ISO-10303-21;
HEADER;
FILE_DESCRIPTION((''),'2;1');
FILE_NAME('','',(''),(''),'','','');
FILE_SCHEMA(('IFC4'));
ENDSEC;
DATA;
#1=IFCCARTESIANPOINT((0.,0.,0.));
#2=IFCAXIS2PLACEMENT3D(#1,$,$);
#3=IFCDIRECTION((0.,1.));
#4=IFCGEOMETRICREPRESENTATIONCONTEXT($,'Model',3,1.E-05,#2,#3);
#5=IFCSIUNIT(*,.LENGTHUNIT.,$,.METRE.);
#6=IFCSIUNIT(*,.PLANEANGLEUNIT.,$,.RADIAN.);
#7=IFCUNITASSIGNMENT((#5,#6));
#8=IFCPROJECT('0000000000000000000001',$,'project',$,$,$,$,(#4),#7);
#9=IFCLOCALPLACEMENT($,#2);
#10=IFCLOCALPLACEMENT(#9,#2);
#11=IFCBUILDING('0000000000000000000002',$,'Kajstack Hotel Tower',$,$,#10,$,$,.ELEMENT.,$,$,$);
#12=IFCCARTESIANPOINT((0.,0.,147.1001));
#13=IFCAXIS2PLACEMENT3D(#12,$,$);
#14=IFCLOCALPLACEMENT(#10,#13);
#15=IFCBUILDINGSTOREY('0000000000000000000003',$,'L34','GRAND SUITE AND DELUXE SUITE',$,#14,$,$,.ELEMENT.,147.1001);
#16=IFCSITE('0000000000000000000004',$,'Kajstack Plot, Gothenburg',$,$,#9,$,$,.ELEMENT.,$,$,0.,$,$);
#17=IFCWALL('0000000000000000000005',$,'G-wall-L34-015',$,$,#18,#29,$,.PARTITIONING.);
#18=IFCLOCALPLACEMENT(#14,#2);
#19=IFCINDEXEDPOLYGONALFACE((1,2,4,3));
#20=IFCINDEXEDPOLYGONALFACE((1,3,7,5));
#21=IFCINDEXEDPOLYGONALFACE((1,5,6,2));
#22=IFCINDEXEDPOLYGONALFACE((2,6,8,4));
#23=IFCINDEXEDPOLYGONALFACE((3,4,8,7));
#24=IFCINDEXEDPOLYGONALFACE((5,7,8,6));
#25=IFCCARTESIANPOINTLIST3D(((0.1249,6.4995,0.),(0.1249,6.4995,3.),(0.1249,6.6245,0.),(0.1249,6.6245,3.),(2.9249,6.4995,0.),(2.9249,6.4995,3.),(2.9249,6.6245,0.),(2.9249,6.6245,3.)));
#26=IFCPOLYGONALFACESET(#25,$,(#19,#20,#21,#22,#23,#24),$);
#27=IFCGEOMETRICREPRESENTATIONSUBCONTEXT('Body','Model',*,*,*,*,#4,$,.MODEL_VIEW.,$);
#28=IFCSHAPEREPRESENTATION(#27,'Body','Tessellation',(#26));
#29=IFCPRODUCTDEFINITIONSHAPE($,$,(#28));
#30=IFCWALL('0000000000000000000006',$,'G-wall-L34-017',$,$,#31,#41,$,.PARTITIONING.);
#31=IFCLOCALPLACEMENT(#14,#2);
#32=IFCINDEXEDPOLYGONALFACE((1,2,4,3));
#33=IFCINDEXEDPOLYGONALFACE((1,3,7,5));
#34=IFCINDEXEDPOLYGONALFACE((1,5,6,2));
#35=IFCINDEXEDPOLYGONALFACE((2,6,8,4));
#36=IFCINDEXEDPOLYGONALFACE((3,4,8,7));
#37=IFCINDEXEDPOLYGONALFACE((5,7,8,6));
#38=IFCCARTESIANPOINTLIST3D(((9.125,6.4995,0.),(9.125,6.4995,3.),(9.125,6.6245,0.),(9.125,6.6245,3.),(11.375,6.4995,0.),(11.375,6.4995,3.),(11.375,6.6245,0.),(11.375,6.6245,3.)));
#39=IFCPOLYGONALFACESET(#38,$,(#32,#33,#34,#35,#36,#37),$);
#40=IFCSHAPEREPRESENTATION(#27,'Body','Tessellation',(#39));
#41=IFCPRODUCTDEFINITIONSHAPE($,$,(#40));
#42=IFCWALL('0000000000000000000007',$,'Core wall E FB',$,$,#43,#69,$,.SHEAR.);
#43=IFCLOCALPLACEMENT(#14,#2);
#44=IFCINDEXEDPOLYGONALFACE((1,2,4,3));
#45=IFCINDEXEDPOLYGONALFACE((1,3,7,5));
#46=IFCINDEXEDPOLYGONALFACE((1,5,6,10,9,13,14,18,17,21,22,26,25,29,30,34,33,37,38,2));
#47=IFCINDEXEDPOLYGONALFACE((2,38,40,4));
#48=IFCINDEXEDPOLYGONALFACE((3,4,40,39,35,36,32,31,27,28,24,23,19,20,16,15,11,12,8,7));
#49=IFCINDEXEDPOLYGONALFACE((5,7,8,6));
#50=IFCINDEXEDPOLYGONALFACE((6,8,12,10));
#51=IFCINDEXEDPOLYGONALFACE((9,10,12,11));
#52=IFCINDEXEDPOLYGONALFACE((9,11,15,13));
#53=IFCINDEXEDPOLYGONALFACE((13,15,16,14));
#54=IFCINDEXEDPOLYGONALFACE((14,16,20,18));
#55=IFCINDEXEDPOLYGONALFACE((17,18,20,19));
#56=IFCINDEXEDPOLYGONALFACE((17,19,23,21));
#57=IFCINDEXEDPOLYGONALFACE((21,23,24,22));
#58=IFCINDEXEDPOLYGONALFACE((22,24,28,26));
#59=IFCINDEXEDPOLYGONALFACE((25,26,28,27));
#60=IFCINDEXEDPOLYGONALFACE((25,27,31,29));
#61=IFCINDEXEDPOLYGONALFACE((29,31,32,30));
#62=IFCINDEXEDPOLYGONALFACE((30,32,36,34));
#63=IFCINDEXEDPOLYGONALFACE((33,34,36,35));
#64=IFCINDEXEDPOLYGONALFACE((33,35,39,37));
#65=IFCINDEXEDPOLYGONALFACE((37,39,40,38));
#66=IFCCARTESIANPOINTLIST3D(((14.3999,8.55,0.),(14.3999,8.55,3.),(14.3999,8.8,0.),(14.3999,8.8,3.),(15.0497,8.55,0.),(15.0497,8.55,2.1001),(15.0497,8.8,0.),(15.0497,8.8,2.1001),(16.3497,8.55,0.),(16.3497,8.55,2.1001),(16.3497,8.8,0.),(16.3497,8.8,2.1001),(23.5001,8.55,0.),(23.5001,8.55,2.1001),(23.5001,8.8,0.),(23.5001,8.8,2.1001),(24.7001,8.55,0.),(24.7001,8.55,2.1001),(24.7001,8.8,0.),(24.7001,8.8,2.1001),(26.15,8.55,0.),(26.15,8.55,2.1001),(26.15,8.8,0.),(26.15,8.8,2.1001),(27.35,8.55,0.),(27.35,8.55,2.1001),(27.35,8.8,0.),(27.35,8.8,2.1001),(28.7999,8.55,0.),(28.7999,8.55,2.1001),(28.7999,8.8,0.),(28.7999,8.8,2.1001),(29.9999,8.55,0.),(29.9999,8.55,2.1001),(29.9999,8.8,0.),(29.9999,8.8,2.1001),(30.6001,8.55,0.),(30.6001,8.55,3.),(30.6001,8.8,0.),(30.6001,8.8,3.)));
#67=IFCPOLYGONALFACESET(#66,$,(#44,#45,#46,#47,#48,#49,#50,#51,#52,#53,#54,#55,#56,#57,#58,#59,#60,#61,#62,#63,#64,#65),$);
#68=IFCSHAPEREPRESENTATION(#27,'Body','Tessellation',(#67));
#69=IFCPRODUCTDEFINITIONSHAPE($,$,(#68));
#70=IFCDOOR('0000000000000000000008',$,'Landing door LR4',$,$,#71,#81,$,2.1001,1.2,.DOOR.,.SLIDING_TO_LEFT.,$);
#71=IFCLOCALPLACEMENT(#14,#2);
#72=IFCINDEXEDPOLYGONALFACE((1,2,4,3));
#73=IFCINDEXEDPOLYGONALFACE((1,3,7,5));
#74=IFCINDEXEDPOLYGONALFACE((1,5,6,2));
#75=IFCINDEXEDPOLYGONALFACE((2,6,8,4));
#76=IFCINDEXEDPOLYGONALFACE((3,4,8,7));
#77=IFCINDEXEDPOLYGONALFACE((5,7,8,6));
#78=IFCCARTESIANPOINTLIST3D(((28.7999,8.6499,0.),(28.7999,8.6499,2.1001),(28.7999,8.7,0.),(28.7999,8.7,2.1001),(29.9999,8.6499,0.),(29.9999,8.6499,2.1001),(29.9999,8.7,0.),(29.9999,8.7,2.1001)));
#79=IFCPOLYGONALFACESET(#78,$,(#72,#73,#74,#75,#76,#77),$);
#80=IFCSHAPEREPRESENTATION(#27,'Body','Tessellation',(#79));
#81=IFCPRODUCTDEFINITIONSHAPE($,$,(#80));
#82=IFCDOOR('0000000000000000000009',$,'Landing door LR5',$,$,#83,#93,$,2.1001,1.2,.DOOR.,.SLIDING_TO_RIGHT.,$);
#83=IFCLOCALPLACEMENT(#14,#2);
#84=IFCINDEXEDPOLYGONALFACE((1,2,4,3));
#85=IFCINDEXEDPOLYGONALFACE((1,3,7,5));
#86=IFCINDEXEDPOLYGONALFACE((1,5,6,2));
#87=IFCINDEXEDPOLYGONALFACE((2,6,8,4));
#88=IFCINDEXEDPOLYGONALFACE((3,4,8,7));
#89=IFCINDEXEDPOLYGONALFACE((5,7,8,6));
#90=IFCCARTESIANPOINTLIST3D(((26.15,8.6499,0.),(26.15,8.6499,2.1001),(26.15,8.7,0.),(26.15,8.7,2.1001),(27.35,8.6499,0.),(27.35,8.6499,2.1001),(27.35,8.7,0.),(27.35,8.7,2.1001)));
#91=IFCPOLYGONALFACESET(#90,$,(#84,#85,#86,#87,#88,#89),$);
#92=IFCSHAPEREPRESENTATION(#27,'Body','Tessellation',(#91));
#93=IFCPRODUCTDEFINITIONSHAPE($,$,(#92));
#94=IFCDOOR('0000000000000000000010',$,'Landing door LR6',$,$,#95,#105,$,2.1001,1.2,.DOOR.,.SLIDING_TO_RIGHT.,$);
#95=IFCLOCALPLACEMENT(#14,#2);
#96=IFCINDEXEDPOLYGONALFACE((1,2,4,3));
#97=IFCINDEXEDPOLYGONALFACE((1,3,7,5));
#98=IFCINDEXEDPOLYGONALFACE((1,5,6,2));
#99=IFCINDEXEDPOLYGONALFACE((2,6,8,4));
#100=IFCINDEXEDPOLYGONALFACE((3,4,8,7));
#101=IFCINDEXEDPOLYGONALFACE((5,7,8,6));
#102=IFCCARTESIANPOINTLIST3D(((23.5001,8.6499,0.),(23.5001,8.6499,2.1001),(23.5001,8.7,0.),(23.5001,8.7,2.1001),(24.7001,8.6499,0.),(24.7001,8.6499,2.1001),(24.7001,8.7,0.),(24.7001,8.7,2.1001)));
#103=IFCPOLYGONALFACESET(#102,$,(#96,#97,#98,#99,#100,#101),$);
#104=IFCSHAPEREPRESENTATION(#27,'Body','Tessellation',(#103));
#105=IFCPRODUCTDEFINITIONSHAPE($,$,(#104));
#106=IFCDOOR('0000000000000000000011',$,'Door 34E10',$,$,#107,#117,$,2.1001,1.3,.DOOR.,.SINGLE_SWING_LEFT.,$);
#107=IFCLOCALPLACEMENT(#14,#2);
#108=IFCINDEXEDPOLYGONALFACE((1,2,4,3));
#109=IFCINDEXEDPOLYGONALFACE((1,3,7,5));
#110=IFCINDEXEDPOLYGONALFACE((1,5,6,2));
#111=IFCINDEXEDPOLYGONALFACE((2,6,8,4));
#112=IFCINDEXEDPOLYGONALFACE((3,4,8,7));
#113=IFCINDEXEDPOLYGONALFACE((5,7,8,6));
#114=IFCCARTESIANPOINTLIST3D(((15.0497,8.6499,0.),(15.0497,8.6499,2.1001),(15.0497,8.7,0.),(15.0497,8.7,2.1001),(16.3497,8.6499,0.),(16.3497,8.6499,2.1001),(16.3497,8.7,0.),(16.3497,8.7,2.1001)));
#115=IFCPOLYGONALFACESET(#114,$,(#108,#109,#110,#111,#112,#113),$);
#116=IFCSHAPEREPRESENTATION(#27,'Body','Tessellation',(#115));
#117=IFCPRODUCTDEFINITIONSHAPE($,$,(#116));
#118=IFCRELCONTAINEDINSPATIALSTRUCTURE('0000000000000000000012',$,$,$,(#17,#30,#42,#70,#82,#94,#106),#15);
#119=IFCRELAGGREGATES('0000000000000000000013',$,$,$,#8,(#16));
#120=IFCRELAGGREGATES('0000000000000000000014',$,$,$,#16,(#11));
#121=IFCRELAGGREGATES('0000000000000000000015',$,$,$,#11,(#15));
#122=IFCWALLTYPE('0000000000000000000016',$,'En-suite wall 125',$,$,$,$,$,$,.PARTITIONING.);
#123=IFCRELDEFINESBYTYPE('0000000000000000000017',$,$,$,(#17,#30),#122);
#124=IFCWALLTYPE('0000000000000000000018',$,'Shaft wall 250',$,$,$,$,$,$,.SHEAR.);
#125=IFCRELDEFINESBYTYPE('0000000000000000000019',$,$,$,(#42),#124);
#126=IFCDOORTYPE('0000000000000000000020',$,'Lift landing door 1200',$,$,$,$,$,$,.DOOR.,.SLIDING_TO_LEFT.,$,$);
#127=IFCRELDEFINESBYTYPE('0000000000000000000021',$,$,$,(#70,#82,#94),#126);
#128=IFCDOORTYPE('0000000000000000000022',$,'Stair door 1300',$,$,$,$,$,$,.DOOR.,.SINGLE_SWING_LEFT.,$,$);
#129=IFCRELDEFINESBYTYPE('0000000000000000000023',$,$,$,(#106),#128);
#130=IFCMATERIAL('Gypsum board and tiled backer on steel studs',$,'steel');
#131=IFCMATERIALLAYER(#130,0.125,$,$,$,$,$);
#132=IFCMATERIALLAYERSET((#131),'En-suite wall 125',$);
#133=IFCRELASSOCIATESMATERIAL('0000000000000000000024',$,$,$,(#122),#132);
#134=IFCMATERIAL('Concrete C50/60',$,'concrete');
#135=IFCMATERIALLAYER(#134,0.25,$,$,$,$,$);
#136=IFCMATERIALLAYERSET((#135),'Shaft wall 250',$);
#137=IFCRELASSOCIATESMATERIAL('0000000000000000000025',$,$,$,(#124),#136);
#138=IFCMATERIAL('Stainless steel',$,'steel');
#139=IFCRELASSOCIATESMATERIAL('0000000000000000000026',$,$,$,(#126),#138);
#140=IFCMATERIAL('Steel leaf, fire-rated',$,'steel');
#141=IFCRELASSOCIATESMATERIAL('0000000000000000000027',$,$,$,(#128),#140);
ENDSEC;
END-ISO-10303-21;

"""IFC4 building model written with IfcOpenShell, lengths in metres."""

from ifc_helpers import new_model, si_unit, direction, frame, frame_2d, origin, place, context, subcontext, project, spatial, rectangle, extrude, material, layer, layer_set, type_object, element, fill, save


model = new_model("IFC4")

# Units and contexts
model_context = context("Model", 3, precision=1e-05, world=origin(), true_north=direction((0.0, 1.0)))
body_context = subcontext(model_context, "Body", "Model", "MODEL_VIEW")
ifc_project = project(units=[si_unit("LENGTHUNIT", "METRE"), si_unit("PLANEANGLEUNIT", "RADIAN")], contexts=[model_context])

# Site, building, storey
site_placement = place(None, origin())
site = spatial("IfcSite", under=ifc_project, at=site_placement, Name="Kajstack Plot, Gothenburg", CompositionType="ELEMENT", RefElevation=0.0)
building_placement = place(site_placement, origin())
building = spatial("IfcBuilding", under=site, at=building_placement, Name="Kajstack Hotel Tower", CompositionType="ELEMENT")
storey_placement = place(building_placement, frame((0.0, 0.0, 147.1001)))
storey = spatial("IfcBuildingStorey", under=building, at=storey_placement, Name="L34", Description="GRAND SUITE AND DELUXE SUITE", CompositionType="ELEMENT", Elevation=147.1001)

# Walls
ifc_material_1 = material(Name="Gypsum board and tiled backer on steel studs", Category="steel")
ifc_layer_1 = layer(ifc_material_1, 0.125)
ifc_layer_set_1 = layer_set([ifc_layer_1], Name="En-suite wall 125")
wall_type_1 = type_object("IfcWallType", Name="En-suite wall 125", PredefinedType="PARTITIONING", material=ifc_layer_set_1)
wall_1_placement = place(storey_placement, frame((0.125, 6.562, 0.0), z_axis=(0.0, 0.0, 1.0), x_axis=(1.0, 0.0, 0.0)))
element("IfcWall", 1, at=wall_1_placement, inside=storey, type_object=wall_type_1, Name="G-wall-L34-015", PredefinedType="PARTITIONING", context=body_context, shape_type="SweptSolid", body=[
    extrude(rectangle(XDim=2.8, YDim=0.125, at=frame_2d((1.3999, 0.0))), origin(), (0.0, 0.0, 1.0), 3.0),
])
wall_2_placement = place(storey_placement, frame((9.125, 6.562, 0.0), z_axis=(0.0, 0.0, 1.0), x_axis=(1.0, 0.0, 0.0)))
element("IfcWall", 2, at=wall_2_placement, inside=storey, type_object=wall_type_1, Name="G-wall-L34-017", PredefinedType="PARTITIONING", context=body_context, shape_type="SweptSolid", body=[
    extrude(rectangle(XDim=2.25, YDim=0.125, at=frame_2d((1.125, 0.0))), origin(), (0.0, 0.0, 1.0), 3.0),
])

# Wall, openings, doors
ifc_material_2 = material(Name="Concrete C50/60", Category="concrete")
ifc_layer_2 = layer(ifc_material_2, 0.25)
ifc_layer_set_2 = layer_set([ifc_layer_2], Name="Shaft wall 250")
wall_type_2 = type_object("IfcWallType", Name="Shaft wall 250", PredefinedType="SHEAR", material=ifc_layer_set_2)
wall_3_placement = place(storey_placement, frame((14.3999, 8.675, 0.0), z_axis=(0.0, 0.0, 1.0), x_axis=(1.0, 0.0, 0.0)))
wall_3 = element("IfcWall", 3, at=wall_3_placement, inside=storey, type_object=wall_type_2, Name="Core wall E FB", PredefinedType="SHEAR", context=body_context, shape_type="SweptSolid", body=[
    extrude(rectangle(XDim=16.2002, YDim=0.25, at=frame_2d((8.1001, 0.0))), origin(), (0.0, 0.0, 1.0), 3.0),
])
opening_1_placement = place(wall_3_placement, frame((14.3999, 0.0, 0.0)))
opening_1 = element("IfcOpeningElement", 4, at=opening_1_placement, cuts=wall_3, PredefinedType="OPENING", context=body_context, shape_type="SweptSolid", body=[
    extrude(rectangle(XDim=1.2, YDim=2.1001, at=frame_2d((0.6001, 1.05))), frame((0.0, 0.135, 0.0), z_axis=(0.0, -1.0, 0.0), x_axis=(1.0, 0.0, 0.0)), (0.0, 0.0, 1.0), 0.27),
])
opening_2_placement = place(wall_3_placement, frame((11.75, 0.0, 0.0)))
opening_2 = element("IfcOpeningElement", 5, at=opening_2_placement, cuts=wall_3, PredefinedType="OPENING", context=body_context, shape_type="SweptSolid", body=[
    extrude(rectangle(XDim=1.2, YDim=2.1001, at=frame_2d((0.6001, 1.05))), frame((0.0, 0.135, 0.0), z_axis=(0.0, -1.0, 0.0), x_axis=(1.0, 0.0, 0.0)), (0.0, 0.0, 1.0), 0.27),
])
opening_3_placement = place(wall_3_placement, frame((9.1001, 0.0, 0.0)))
opening_3 = element("IfcOpeningElement", 6, at=opening_3_placement, cuts=wall_3, PredefinedType="OPENING", context=body_context, shape_type="SweptSolid", body=[
    extrude(rectangle(XDim=1.2, YDim=2.1001, at=frame_2d((0.6001, 1.05))), frame((0.0, 0.135, 0.0), z_axis=(0.0, -1.0, 0.0), x_axis=(1.0, 0.0, 0.0)), (0.0, 0.0, 1.0), 0.27),
])
opening_4_placement = place(wall_3_placement, frame((0.6499, 0.0, 0.0)))
opening_4 = element("IfcOpeningElement", 7, at=opening_4_placement, cuts=wall_3, PredefinedType="OPENING", context=body_context, shape_type="SweptSolid", body=[
    extrude(rectangle(XDim=1.3, YDim=2.1001, at=frame_2d((0.6499, 1.05))), frame((0.0, 0.135, 0.0), z_axis=(0.0, -1.0, 0.0), x_axis=(1.0, 0.0, 0.0)), (0.0, 0.0, 1.0), 0.27),
])
ifc_material_3 = material(Name="Stainless steel", Category="steel")
door_type_1 = type_object("IfcDoorType", Name="Lift landing door 1200", OperationType="SLIDING_TO_LEFT", PredefinedType="DOOR", material=ifc_material_3)
door_1_placement = place(opening_1_placement, origin())
door_1 = element("IfcDoor", 8, at=door_1_placement, inside=storey, type_object=door_type_1, Name="Landing door LR4", OperationType="SLIDING_TO_LEFT", OverallHeight=2.1001, OverallWidth=1.2, PredefinedType="DOOR", context=body_context, shape_type="SweptSolid", body=[
    extrude(rectangle(XDim=1.2, YDim=2.1001, at=frame_2d((0.6001, 1.05))), frame((0.0, 0.0249, 0.0), z_axis=(0.0, -1.0, 0.0), x_axis=(1.0, 0.0, 0.0)), (0.0, 0.0, 1.0), 0.05),
])
fill(opening_1, door_1)
door_2_placement = place(opening_2_placement, origin())
door_2 = element("IfcDoor", 9, at=door_2_placement, inside=storey, type_object=door_type_1, Name="Landing door LR5", OperationType="SLIDING_TO_RIGHT", OverallHeight=2.1001, OverallWidth=1.2, PredefinedType="DOOR", context=body_context, shape_type="SweptSolid", body=[
    extrude(rectangle(XDim=1.2, YDim=2.1001, at=frame_2d((0.6001, 1.05))), frame((0.0, 0.0249, 0.0), z_axis=(0.0, -1.0, 0.0), x_axis=(1.0, 0.0, 0.0)), (0.0, 0.0, 1.0), 0.05),
])
fill(opening_2, door_2)
door_3_placement = place(opening_3_placement, origin())
door_3 = element("IfcDoor", 10, at=door_3_placement, inside=storey, type_object=door_type_1, Name="Landing door LR6", OperationType="SLIDING_TO_RIGHT", OverallHeight=2.1001, OverallWidth=1.2, PredefinedType="DOOR", context=body_context, shape_type="SweptSolid", body=[
    extrude(rectangle(XDim=1.2, YDim=2.1001, at=frame_2d((0.6001, 1.05))), frame((0.0, 0.0249, 0.0), z_axis=(0.0, -1.0, 0.0), x_axis=(1.0, 0.0, 0.0)), (0.0, 0.0, 1.0), 0.05),
])
fill(opening_3, door_3)
ifc_material_4 = material(Name="Steel leaf, fire-rated", Category="steel")
door_type_2 = type_object("IfcDoorType", Name="Stair door 1300", OperationType="SINGLE_SWING_LEFT", PredefinedType="DOOR", material=ifc_material_4)
door_4_placement = place(opening_4_placement, origin())
door_4 = element("IfcDoor", 11, at=door_4_placement, inside=storey, type_object=door_type_2, Name="Door 34E10", OperationType="SINGLE_SWING_LEFT", OverallHeight=2.1001, OverallWidth=1.3, PredefinedType="DOOR", context=body_context, shape_type="SweptSolid", body=[
    extrude(rectangle(XDim=1.3, YDim=2.1001, at=frame_2d((0.6499, 1.05))), frame((0.0, 0.0249, 0.0), z_axis=(0.0, -1.0, 0.0), x_axis=(1.0, 0.0, 0.0)), (0.0, 0.0, 1.0), 0.05),
])
fill(opening_4, door_4)

save(model, "model.ifc")
